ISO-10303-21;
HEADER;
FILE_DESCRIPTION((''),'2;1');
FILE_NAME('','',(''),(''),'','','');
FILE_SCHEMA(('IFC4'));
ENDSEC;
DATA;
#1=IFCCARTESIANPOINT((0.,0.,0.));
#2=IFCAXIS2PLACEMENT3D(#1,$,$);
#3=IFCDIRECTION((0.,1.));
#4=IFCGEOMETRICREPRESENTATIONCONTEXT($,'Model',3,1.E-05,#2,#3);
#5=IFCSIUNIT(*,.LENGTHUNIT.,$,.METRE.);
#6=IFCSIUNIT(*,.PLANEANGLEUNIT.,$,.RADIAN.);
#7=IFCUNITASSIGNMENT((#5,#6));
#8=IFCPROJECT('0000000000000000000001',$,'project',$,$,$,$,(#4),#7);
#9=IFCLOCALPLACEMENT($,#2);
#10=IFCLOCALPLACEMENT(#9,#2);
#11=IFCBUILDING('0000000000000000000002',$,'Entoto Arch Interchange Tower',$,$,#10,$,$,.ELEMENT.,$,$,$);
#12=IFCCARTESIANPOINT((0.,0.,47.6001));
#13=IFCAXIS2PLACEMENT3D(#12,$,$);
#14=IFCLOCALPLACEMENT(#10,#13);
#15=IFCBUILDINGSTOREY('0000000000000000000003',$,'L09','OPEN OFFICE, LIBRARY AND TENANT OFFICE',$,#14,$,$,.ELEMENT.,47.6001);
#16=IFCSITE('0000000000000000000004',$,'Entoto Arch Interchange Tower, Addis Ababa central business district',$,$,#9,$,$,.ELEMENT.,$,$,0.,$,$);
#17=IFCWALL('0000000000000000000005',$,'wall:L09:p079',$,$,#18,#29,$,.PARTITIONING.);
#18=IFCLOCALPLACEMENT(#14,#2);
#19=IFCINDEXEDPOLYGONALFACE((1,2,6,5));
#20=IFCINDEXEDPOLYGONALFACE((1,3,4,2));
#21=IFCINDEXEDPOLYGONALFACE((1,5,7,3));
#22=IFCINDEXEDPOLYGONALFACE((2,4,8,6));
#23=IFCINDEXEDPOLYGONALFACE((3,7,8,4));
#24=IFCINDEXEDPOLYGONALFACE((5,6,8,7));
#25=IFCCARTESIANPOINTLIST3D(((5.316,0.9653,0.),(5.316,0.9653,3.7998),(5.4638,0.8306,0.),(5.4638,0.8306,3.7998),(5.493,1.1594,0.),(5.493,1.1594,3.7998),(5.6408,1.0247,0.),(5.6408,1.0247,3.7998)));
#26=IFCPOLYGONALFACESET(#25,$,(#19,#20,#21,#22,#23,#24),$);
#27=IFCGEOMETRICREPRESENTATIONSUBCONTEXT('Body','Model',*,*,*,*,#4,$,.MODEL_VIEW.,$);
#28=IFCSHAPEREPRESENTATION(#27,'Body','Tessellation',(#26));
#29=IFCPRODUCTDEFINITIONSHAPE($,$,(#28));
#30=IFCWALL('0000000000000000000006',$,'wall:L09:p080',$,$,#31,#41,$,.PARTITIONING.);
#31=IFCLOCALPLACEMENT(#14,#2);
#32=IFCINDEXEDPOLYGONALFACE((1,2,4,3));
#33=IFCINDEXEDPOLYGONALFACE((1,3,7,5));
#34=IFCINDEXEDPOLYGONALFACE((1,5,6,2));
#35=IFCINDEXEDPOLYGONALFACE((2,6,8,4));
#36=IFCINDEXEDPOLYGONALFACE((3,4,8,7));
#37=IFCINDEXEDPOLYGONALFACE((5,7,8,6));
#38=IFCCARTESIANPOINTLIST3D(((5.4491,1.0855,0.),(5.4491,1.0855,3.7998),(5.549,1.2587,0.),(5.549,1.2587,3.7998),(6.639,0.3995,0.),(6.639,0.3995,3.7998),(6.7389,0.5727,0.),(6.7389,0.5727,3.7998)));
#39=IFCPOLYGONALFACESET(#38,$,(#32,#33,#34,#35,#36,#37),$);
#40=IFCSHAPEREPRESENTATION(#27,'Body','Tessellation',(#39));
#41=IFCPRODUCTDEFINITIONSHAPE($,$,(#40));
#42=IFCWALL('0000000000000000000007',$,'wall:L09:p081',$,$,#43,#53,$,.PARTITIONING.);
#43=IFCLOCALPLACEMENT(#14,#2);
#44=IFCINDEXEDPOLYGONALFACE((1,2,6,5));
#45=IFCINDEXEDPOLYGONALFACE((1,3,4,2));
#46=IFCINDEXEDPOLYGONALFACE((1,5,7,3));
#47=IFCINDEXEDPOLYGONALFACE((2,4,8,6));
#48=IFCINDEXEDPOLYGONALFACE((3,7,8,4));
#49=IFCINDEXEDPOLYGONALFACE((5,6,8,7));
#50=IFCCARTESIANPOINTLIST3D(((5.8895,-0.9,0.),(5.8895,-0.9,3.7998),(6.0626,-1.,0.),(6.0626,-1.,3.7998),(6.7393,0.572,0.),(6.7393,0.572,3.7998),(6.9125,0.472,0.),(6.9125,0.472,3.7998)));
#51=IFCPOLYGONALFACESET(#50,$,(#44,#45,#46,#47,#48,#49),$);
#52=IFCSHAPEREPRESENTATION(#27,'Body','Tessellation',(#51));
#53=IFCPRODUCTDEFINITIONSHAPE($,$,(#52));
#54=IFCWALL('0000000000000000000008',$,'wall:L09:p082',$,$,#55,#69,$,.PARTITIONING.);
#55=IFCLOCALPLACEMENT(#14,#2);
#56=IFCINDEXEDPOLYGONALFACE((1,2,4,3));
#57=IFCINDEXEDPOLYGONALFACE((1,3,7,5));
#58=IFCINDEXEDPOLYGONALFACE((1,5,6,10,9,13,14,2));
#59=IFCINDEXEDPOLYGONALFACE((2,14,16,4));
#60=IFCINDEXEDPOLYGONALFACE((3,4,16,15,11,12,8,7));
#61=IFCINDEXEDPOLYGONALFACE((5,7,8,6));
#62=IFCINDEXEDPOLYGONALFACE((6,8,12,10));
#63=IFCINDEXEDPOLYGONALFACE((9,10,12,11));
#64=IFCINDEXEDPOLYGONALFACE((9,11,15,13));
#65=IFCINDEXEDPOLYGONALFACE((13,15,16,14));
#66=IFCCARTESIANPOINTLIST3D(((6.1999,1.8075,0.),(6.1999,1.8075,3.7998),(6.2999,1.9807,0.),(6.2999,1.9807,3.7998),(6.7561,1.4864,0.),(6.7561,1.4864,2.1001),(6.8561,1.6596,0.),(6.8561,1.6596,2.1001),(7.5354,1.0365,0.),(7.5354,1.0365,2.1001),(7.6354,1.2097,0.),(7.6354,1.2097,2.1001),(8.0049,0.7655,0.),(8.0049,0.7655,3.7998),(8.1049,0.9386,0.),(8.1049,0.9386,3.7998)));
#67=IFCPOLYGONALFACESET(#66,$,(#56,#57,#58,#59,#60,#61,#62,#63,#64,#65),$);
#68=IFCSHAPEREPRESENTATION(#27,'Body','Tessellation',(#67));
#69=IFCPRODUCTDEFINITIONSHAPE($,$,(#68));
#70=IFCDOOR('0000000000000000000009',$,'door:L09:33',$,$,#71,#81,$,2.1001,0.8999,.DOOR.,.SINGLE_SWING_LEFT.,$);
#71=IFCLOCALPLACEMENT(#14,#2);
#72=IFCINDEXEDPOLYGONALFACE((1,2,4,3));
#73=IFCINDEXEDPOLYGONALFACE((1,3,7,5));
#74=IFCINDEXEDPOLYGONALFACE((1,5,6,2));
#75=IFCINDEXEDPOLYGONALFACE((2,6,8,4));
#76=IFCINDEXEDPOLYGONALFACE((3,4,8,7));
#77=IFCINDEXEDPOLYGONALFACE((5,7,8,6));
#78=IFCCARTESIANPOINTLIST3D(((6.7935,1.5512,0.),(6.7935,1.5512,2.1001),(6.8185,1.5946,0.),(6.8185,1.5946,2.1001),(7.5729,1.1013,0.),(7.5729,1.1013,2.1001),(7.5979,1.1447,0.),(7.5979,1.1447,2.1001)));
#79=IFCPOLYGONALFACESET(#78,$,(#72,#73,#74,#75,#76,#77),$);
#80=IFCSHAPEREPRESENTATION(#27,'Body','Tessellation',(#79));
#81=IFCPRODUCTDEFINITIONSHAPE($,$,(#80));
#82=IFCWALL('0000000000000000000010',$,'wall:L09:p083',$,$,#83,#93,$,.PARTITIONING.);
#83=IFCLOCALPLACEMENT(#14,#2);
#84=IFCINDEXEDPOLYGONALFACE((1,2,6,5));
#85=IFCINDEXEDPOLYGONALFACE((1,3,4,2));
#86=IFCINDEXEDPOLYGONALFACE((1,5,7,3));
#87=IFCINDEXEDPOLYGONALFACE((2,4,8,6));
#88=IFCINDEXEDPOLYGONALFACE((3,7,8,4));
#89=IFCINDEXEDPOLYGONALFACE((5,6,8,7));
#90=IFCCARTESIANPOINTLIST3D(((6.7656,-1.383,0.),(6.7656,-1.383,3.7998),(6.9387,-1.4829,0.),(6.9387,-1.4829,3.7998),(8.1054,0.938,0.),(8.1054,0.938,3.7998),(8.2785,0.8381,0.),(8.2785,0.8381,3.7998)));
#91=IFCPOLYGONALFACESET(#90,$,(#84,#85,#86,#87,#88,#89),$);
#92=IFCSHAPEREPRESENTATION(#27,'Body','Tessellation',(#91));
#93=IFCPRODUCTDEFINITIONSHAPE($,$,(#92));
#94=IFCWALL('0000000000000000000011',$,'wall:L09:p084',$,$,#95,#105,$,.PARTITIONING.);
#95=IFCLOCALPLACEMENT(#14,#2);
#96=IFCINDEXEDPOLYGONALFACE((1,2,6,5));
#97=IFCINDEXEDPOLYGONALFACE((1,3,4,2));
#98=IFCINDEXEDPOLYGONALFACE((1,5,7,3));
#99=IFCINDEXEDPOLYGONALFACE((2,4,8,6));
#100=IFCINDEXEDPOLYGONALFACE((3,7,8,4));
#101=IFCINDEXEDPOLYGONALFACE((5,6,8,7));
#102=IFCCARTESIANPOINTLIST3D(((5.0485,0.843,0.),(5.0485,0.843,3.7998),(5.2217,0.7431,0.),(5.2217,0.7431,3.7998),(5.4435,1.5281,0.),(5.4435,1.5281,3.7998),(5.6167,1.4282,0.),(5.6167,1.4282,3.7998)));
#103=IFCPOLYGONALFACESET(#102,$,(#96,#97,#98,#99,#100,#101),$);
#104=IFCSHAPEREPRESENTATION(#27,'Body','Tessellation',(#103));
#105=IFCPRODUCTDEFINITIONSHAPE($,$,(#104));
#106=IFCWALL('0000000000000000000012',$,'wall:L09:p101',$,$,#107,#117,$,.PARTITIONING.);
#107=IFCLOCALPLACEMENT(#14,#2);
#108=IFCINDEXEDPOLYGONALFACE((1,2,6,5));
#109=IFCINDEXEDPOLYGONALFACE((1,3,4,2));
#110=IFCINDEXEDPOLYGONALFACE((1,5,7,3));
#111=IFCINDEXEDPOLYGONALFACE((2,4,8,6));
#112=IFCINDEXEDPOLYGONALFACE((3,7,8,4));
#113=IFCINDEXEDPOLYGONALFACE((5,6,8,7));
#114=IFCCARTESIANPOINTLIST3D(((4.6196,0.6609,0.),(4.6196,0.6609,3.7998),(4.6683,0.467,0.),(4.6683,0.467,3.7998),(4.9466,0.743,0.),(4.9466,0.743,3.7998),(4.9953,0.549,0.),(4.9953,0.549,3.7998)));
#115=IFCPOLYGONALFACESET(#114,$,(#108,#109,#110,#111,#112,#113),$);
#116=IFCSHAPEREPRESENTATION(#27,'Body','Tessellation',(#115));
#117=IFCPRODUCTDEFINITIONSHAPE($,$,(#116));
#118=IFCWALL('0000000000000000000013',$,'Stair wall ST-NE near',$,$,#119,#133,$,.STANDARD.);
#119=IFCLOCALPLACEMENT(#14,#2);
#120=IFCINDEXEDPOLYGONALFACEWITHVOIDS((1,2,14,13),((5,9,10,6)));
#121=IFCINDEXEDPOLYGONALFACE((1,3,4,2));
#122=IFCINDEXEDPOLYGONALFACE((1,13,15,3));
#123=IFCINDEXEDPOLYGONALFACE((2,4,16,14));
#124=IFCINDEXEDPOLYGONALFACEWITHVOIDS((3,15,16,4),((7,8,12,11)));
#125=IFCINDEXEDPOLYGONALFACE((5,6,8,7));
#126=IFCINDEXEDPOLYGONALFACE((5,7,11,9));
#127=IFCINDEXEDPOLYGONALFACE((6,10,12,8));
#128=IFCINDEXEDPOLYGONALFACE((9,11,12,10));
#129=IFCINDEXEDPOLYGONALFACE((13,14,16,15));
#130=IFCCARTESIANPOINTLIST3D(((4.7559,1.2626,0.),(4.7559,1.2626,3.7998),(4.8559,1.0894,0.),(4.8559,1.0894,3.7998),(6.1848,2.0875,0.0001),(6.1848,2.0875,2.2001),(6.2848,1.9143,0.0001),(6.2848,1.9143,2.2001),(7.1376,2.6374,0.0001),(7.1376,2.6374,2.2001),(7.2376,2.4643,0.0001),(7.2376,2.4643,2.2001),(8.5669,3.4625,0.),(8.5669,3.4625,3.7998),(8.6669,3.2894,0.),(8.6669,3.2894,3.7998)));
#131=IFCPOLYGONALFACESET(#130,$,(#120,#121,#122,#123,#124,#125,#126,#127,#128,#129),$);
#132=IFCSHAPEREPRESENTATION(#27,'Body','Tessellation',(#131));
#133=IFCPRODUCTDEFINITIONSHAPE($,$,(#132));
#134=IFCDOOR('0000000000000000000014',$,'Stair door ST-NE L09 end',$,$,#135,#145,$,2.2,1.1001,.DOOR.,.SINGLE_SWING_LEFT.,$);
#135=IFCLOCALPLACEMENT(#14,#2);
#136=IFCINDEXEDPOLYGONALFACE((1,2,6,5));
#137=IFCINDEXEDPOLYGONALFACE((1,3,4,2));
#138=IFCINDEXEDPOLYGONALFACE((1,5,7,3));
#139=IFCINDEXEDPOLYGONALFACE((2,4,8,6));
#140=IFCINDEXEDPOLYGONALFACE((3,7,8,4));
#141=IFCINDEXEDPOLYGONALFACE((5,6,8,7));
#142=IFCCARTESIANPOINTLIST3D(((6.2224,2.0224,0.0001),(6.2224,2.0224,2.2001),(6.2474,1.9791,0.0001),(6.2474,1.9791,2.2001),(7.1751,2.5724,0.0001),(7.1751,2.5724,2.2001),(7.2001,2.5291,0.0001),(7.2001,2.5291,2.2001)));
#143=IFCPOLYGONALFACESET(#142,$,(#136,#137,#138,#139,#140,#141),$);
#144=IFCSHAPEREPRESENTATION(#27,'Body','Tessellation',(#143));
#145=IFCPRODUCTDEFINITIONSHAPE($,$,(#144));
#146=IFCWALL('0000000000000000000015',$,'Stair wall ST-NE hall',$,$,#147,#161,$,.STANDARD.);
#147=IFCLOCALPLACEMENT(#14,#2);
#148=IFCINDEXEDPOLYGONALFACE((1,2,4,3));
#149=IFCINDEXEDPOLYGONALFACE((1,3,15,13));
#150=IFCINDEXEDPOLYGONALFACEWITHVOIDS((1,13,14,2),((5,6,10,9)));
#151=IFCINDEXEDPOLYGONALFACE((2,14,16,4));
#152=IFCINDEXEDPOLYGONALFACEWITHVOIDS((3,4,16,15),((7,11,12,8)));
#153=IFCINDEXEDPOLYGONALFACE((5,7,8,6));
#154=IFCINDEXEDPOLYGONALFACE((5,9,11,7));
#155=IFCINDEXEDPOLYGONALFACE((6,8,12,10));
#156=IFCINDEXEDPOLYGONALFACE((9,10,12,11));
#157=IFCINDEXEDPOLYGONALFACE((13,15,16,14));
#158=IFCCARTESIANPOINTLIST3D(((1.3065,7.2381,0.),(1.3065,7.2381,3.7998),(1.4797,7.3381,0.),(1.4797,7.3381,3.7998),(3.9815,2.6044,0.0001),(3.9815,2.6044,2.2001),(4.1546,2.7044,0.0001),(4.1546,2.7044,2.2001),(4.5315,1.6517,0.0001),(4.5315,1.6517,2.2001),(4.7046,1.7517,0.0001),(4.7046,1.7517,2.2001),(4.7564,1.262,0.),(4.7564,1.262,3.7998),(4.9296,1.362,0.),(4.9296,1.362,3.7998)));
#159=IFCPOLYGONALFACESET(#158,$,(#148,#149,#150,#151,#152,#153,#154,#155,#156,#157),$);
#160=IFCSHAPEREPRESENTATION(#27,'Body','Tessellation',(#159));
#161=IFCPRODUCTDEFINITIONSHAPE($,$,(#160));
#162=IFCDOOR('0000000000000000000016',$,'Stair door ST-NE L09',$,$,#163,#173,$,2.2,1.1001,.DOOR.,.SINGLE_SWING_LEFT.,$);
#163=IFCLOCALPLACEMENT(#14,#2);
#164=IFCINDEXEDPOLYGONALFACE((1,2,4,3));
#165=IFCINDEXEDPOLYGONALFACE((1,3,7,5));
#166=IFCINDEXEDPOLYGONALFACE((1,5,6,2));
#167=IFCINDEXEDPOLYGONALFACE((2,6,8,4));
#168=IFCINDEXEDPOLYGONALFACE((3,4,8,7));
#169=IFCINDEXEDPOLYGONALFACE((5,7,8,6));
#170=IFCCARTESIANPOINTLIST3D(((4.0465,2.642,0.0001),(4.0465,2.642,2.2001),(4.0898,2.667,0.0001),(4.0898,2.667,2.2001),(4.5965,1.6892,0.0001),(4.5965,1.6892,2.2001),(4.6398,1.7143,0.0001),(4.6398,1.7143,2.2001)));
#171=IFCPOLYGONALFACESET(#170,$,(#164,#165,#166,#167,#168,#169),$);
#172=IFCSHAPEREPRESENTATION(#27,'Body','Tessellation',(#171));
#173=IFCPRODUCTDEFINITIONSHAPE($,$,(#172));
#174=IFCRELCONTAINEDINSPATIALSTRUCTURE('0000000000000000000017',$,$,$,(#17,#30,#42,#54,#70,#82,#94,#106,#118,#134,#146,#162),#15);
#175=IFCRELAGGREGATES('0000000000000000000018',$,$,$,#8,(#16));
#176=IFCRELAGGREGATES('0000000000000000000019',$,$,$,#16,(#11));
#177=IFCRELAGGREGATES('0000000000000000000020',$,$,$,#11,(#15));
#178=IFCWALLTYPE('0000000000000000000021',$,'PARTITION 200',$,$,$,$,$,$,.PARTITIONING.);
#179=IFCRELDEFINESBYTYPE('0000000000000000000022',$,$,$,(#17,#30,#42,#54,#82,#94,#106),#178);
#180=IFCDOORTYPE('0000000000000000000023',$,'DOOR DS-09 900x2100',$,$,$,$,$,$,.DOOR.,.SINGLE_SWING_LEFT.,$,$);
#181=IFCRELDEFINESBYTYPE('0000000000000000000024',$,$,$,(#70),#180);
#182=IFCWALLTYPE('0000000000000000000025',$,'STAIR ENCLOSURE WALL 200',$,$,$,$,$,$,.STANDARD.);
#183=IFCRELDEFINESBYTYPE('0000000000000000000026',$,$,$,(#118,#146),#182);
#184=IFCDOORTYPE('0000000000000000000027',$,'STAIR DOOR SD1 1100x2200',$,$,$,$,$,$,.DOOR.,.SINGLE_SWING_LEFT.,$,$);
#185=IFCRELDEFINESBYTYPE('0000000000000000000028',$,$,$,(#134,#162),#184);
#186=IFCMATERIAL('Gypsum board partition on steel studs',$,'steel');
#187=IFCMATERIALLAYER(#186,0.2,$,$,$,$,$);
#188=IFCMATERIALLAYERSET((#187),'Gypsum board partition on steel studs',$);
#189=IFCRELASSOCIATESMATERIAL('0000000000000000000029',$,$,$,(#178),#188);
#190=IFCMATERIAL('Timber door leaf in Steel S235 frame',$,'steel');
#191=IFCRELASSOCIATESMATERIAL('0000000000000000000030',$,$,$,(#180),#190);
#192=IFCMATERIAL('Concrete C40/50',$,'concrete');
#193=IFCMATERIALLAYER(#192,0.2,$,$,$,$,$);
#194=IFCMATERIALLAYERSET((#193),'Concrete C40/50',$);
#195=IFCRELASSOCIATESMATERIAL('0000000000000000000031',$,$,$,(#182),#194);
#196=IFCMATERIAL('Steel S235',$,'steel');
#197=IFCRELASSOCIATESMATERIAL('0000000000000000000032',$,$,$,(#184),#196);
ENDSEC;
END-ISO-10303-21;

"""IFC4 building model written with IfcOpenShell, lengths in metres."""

from ifc_helpers import new_model, si_unit, direction, frame, frame_2d, origin, place, context, subcontext, project, spatial, rectangle, extrude, material, layer, layer_set, type_object, element, fill, save


model = new_model("IFC4")

# Units and contexts
model_context = context("Model", 3, precision=1e-05, world=origin(), true_north=direction((0.0, 1.0)))
body_context = subcontext(model_context, "Body", "Model", "MODEL_VIEW")
ifc_project = project(units=[si_unit("LENGTHUNIT", "METRE"), si_unit("PLANEANGLEUNIT", "RADIAN")], contexts=[model_context])

# Site, building, storey
site_placement = place(None, origin())
site = spatial("IfcSite", under=ifc_project, at=site_placement, Name="Entoto Arch Interchange Tower, Addis Ababa central business district", CompositionType="ELEMENT", RefElevation=0.0)
building_placement = place(site_placement, origin())
building = spatial("IfcBuilding", under=site, at=building_placement, Name="Entoto Arch Interchange Tower", CompositionType="ELEMENT")
storey_placement = place(building_placement, frame((0.0, 0.0, 47.6001)))
storey = spatial("IfcBuildingStorey", under=building, at=storey_placement, Name="L09", Description="OPEN OFFICE, LIBRARY AND TENANT OFFICE", CompositionType="ELEMENT", Elevation=47.6001)

# Walls
ifc_material_1 = material(Name="Gypsum board partition on steel studs", Category="steel")
ifc_layer_1 = layer(ifc_material_1, 0.2)
ifc_layer_set_1 = layer_set([ifc_layer_1], Name="Gypsum board partition on steel studs")
wall_type_1 = type_object("IfcWallType", Name="PARTITION 200", PredefinedType="PARTITIONING", material=ifc_layer_set_1)
wall_1_placement = place(storey_placement, frame((5.3899, 0.8979, 0.0), z_axis=(0.0, 0.0, 1.0), x_axis=(0.673828, 0.738888, 0.0)))
element("IfcWall", 1, at=wall_1_placement, inside=storey, type_object=wall_type_1, Name="wall:L09:p079", PredefinedType="PARTITIONING", context=body_context, shape_type="SweptSolid", body=[
    extrude(rectangle(XDim=0.2627, YDim=0.2, at=frame_2d((0.1313, 0.0))), origin(), (0.0, 0.0, 1.0), 3.7998),
])
wall_2_placement = place(storey_placement, frame((5.499, 1.1721, 0.0), z_axis=(0.0, 0.0, 1.0), x_axis=(0.866334, -0.499466, 0.0)))
element("IfcWall", 2, at=wall_2_placement, inside=storey, type_object=wall_type_1, Name="wall:L09:p080", PredefinedType="PARTITIONING", context=body_context, shape_type="SweptSolid", body=[
    extrude(rectangle(XDim=1.3735, YDim=0.2, at=frame_2d((0.6868, 0.0))), origin(), (0.0, 0.0, 1.0), 3.7998),
])
wall_3_placement = place(storey_placement, frame((6.8259, 0.522, 0.0), z_axis=(0.0, 0.0, 1.0), x_axis=(-0.500017, -0.866016, 0.0)))
element("IfcWall", 3, at=wall_3_placement, inside=storey, type_object=wall_type_1, Name="wall:L09:p081", PredefinedType="PARTITIONING", context=body_context, shape_type="SweptSolid", body=[
    extrude(rectangle(XDim=1.6997, YDim=0.2, at=frame_2d((0.8499, 0.0))), origin(), (0.0, 0.0, 1.0), 3.7998),
])

# Wall, opening, door
wall_4_placement = place(storey_placement, frame((6.25, 1.894, 0.0), z_axis=(0.0, 0.0, 1.0), x_axis=(0.866043, -0.499969, 0.0)))
wall_4 = element("IfcWall", 4, at=wall_4_placement, inside=storey, type_object=wall_type_1, Name="wall:L09:p082", PredefinedType="PARTITIONING", context=body_context, shape_type="SweptSolid", body=[
    extrude(rectangle(XDim=2.0842, YDim=0.2, at=frame_2d((1.042, 0.0))), origin(), (0.0, 0.0, 1.0), 3.7998),
])
opening_1_placement = place(wall_4_placement, frame((0.6421, 0.0, 0.0)))
opening_1 = element("IfcOpeningElement", 5, at=opening_1_placement, cuts=wall_4, PredefinedType="OPENING", context=body_context, shape_type="SweptSolid", body=[
    extrude(rectangle(XDim=0.8999, YDim=2.1001, at=frame_2d((0.45, 1.05))), frame((0.0, 0.1099, 0.0), z_axis=(0.0, -1.0, 0.0), x_axis=(1.0, 0.0, 0.0)), (0.0, 0.0, 1.0), 0.22),
])
ifc_material_2 = material(Name="Timber door leaf in Steel S235 frame", Category="steel")
door_type_1 = type_object("IfcDoorType", Name="DOOR DS-09 900x2100", OperationType="SINGLE_SWING_LEFT", PredefinedType="DOOR", material=ifc_material_2)
door_1_placement = place(opening_1_placement, origin())
door_1 = element("IfcDoor", 6, at=door_1_placement, inside=storey, type_object=door_type_1, Name="door:L09:33", OperationType="SINGLE_SWING_LEFT", OverallHeight=2.1001, OverallWidth=0.8999, PredefinedType="DOOR", context=body_context, shape_type="SweptSolid", body=[
    extrude(rectangle(XDim=0.8999, YDim=2.1001, at=frame_2d((0.45, 1.05))), frame((0.0, 0.0249, 0.0), z_axis=(0.0, -1.0, 0.0), x_axis=(1.0, 0.0, 0.0)), (0.0, 0.0, 1.0), 0.05),
])
fill(opening_1, door_1)

# Walls
wall_5_placement = place(storey_placement, frame((8.1919, 0.8879, 0.0), z_axis=(0.0, 0.0, 1.0), x_axis=(-0.499941, -0.86606, 0.0)))
element("IfcWall", 7, at=wall_5_placement, inside=storey, type_object=wall_type_1, Name="wall:L09:p083", PredefinedType="PARTITIONING", context=body_context, shape_type="SweptSolid", body=[
    extrude(rectangle(XDim=2.6799, YDim=0.2, at=frame_2d((1.3398, 0.0))), origin(), (0.0, 0.0, 1.0), 3.7998),
])
wall_6_placement = place(storey_placement, frame((5.135, 0.793, 0.0), z_axis=(0.0, 0.0, 1.0), x_axis=(0.499526, 0.866299, 0.0)))
element("IfcWall", 8, at=wall_6_placement, inside=storey, type_object=wall_type_1, Name="wall:L09:p084", PredefinedType="PARTITIONING", context=body_context, shape_type="SweptSolid", body=[
    extrude(rectangle(XDim=0.7908, YDim=0.2, at=frame_2d((0.3955, 0.0))), origin(), (0.0, 0.0, 1.0), 3.7998),
])
wall_7_placement = place(storey_placement, frame((4.644, 0.564, 0.0), z_axis=(0.0, 0.0, 1.0), x_axis=(0.969929, 0.243388, 0.0)))
element("IfcWall", 9, at=wall_7_placement, inside=storey, type_object=wall_type_1, Name="wall:L09:p101", PredefinedType="PARTITIONING", context=body_context, shape_type="SweptSolid", body=[
    extrude(rectangle(XDim=0.3372, YDim=0.2, at=frame_2d((0.1685, 0.0))), origin(), (0.0, 0.0, 1.0), 3.7998),
])

# Walls, openings, doors
ifc_material_3 = material(Name="Concrete C40/50", Category="concrete")
ifc_layer_2 = layer(ifc_material_3, 0.2)
ifc_layer_set_2 = layer_set([ifc_layer_2], Name="Concrete C40/50")
wall_type_2 = type_object("IfcWallType", Name="STAIR ENCLOSURE WALL 200", PredefinedType="STANDARD", material=ifc_layer_set_2)
wall_8_placement = place(storey_placement, frame((4.8059, 1.176, 0.0), z_axis=(0.0, 0.0, 1.0), x_axis=(0.86606, 0.49994, 0.0)))
wall_8 = element("IfcWall", 10, at=wall_8_placement, inside=storey, type_object=wall_type_2, Name="Stair wall ST-NE near", PredefinedType="STANDARD", context=body_context, shape_type="SweptSolid", body=[
    extrude(rectangle(XDim=4.4004, YDim=0.2, at=frame_2d((2.2002, 0.0))), origin(), (0.0, 0.0, 1.0), 3.7998),
])
opening_2_placement = place(wall_8_placement, frame((1.6499, 0.0, 0.0)))
opening_2 = element("IfcOpeningElement", 11, at=opening_2_placement, cuts=wall_8, PredefinedType="OPENING", context=body_context, shape_type="SweptSolid", body=[
    extrude(rectangle(XDim=1.1001, YDim=2.2, at=frame_2d((0.55, 1.1001))), frame((0.0, 0.1099, 0.0), z_axis=(0.0, -1.0, 0.0), x_axis=(1.0, 0.0, 0.0)), (0.0, 0.0, 1.0), 0.22),
])
ifc_material_4 = material(Name="Steel S235", Category="steel")
door_type_2 = type_object("IfcDoorType", Name="STAIR DOOR SD1 1100x2200", OperationType="SINGLE_SWING_LEFT", PredefinedType="DOOR", material=ifc_material_4)
door_2_placement = place(opening_2_placement, origin())
door_2 = element("IfcDoor", 12, at=door_2_placement, inside=storey, type_object=door_type_2, Name="Stair door ST-NE L09 end", OperationType="SINGLE_SWING_LEFT", OverallHeight=2.2, OverallWidth=1.1001, PredefinedType="DOOR", context=body_context, shape_type="SweptSolid", body=[
    extrude(rectangle(XDim=1.1001, YDim=2.2, at=frame_2d((0.55, 1.1001))), frame((0.0, 0.0249, 0.0), z_axis=(0.0, -1.0, 0.0), x_axis=(1.0, 0.0, 0.0)), (0.0, 0.0, 1.0), 0.05),
])
fill(opening_2, door_2)
wall_9_placement = place(storey_placement, frame((4.843, 1.312, 0.0), z_axis=(0.0, 0.0, 1.0), x_axis=(-0.499963, 0.866047, 0.0)))
wall_9 = element("IfcWall", 13, at=wall_9_placement, inside=storey, type_object=wall_type_2, Name="Stair wall ST-NE hall", PredefinedType="STANDARD", context=body_context, shape_type="SweptSolid", body=[
    extrude(rectangle(XDim=6.9004, YDim=0.2, at=frame_2d((3.4502, 0.0))), origin(), (0.0, 0.0, 1.0), 3.7998),
])
opening_3_placement = place(wall_9_placement, frame((0.45, 0.0, 0.0)))
opening_3 = element("IfcOpeningElement", 14, at=opening_3_placement, cuts=wall_9, PredefinedType="OPENING", context=body_context, shape_type="SweptSolid", body=[
    extrude(rectangle(XDim=1.1001, YDim=2.2, at=frame_2d((0.55, 1.1001))), frame((0.0, 0.1099, 0.0), z_axis=(0.0, -1.0, 0.0), x_axis=(1.0, 0.0, 0.0)), (0.0, 0.0, 1.0), 0.22),
])
door_3_placement = place(opening_3_placement, origin())
door_3 = element("IfcDoor", 15, at=door_3_placement, inside=storey, type_object=door_type_2, Name="Stair door ST-NE L09", OperationType="SINGLE_SWING_LEFT", OverallHeight=2.2, OverallWidth=1.1001, PredefinedType="DOOR", context=body_context, shape_type="SweptSolid", body=[
    extrude(rectangle(XDim=1.1001, YDim=2.2, at=frame_2d((0.55, 1.1001))), frame((0.0, 0.0249, 0.0), z_axis=(0.0, -1.0, 0.0), x_axis=(1.0, 0.0, 0.0)), (0.0, 0.0, 1.0), 0.05),
])
fill(opening_3, door_3)

save(model, "model.ifc")
